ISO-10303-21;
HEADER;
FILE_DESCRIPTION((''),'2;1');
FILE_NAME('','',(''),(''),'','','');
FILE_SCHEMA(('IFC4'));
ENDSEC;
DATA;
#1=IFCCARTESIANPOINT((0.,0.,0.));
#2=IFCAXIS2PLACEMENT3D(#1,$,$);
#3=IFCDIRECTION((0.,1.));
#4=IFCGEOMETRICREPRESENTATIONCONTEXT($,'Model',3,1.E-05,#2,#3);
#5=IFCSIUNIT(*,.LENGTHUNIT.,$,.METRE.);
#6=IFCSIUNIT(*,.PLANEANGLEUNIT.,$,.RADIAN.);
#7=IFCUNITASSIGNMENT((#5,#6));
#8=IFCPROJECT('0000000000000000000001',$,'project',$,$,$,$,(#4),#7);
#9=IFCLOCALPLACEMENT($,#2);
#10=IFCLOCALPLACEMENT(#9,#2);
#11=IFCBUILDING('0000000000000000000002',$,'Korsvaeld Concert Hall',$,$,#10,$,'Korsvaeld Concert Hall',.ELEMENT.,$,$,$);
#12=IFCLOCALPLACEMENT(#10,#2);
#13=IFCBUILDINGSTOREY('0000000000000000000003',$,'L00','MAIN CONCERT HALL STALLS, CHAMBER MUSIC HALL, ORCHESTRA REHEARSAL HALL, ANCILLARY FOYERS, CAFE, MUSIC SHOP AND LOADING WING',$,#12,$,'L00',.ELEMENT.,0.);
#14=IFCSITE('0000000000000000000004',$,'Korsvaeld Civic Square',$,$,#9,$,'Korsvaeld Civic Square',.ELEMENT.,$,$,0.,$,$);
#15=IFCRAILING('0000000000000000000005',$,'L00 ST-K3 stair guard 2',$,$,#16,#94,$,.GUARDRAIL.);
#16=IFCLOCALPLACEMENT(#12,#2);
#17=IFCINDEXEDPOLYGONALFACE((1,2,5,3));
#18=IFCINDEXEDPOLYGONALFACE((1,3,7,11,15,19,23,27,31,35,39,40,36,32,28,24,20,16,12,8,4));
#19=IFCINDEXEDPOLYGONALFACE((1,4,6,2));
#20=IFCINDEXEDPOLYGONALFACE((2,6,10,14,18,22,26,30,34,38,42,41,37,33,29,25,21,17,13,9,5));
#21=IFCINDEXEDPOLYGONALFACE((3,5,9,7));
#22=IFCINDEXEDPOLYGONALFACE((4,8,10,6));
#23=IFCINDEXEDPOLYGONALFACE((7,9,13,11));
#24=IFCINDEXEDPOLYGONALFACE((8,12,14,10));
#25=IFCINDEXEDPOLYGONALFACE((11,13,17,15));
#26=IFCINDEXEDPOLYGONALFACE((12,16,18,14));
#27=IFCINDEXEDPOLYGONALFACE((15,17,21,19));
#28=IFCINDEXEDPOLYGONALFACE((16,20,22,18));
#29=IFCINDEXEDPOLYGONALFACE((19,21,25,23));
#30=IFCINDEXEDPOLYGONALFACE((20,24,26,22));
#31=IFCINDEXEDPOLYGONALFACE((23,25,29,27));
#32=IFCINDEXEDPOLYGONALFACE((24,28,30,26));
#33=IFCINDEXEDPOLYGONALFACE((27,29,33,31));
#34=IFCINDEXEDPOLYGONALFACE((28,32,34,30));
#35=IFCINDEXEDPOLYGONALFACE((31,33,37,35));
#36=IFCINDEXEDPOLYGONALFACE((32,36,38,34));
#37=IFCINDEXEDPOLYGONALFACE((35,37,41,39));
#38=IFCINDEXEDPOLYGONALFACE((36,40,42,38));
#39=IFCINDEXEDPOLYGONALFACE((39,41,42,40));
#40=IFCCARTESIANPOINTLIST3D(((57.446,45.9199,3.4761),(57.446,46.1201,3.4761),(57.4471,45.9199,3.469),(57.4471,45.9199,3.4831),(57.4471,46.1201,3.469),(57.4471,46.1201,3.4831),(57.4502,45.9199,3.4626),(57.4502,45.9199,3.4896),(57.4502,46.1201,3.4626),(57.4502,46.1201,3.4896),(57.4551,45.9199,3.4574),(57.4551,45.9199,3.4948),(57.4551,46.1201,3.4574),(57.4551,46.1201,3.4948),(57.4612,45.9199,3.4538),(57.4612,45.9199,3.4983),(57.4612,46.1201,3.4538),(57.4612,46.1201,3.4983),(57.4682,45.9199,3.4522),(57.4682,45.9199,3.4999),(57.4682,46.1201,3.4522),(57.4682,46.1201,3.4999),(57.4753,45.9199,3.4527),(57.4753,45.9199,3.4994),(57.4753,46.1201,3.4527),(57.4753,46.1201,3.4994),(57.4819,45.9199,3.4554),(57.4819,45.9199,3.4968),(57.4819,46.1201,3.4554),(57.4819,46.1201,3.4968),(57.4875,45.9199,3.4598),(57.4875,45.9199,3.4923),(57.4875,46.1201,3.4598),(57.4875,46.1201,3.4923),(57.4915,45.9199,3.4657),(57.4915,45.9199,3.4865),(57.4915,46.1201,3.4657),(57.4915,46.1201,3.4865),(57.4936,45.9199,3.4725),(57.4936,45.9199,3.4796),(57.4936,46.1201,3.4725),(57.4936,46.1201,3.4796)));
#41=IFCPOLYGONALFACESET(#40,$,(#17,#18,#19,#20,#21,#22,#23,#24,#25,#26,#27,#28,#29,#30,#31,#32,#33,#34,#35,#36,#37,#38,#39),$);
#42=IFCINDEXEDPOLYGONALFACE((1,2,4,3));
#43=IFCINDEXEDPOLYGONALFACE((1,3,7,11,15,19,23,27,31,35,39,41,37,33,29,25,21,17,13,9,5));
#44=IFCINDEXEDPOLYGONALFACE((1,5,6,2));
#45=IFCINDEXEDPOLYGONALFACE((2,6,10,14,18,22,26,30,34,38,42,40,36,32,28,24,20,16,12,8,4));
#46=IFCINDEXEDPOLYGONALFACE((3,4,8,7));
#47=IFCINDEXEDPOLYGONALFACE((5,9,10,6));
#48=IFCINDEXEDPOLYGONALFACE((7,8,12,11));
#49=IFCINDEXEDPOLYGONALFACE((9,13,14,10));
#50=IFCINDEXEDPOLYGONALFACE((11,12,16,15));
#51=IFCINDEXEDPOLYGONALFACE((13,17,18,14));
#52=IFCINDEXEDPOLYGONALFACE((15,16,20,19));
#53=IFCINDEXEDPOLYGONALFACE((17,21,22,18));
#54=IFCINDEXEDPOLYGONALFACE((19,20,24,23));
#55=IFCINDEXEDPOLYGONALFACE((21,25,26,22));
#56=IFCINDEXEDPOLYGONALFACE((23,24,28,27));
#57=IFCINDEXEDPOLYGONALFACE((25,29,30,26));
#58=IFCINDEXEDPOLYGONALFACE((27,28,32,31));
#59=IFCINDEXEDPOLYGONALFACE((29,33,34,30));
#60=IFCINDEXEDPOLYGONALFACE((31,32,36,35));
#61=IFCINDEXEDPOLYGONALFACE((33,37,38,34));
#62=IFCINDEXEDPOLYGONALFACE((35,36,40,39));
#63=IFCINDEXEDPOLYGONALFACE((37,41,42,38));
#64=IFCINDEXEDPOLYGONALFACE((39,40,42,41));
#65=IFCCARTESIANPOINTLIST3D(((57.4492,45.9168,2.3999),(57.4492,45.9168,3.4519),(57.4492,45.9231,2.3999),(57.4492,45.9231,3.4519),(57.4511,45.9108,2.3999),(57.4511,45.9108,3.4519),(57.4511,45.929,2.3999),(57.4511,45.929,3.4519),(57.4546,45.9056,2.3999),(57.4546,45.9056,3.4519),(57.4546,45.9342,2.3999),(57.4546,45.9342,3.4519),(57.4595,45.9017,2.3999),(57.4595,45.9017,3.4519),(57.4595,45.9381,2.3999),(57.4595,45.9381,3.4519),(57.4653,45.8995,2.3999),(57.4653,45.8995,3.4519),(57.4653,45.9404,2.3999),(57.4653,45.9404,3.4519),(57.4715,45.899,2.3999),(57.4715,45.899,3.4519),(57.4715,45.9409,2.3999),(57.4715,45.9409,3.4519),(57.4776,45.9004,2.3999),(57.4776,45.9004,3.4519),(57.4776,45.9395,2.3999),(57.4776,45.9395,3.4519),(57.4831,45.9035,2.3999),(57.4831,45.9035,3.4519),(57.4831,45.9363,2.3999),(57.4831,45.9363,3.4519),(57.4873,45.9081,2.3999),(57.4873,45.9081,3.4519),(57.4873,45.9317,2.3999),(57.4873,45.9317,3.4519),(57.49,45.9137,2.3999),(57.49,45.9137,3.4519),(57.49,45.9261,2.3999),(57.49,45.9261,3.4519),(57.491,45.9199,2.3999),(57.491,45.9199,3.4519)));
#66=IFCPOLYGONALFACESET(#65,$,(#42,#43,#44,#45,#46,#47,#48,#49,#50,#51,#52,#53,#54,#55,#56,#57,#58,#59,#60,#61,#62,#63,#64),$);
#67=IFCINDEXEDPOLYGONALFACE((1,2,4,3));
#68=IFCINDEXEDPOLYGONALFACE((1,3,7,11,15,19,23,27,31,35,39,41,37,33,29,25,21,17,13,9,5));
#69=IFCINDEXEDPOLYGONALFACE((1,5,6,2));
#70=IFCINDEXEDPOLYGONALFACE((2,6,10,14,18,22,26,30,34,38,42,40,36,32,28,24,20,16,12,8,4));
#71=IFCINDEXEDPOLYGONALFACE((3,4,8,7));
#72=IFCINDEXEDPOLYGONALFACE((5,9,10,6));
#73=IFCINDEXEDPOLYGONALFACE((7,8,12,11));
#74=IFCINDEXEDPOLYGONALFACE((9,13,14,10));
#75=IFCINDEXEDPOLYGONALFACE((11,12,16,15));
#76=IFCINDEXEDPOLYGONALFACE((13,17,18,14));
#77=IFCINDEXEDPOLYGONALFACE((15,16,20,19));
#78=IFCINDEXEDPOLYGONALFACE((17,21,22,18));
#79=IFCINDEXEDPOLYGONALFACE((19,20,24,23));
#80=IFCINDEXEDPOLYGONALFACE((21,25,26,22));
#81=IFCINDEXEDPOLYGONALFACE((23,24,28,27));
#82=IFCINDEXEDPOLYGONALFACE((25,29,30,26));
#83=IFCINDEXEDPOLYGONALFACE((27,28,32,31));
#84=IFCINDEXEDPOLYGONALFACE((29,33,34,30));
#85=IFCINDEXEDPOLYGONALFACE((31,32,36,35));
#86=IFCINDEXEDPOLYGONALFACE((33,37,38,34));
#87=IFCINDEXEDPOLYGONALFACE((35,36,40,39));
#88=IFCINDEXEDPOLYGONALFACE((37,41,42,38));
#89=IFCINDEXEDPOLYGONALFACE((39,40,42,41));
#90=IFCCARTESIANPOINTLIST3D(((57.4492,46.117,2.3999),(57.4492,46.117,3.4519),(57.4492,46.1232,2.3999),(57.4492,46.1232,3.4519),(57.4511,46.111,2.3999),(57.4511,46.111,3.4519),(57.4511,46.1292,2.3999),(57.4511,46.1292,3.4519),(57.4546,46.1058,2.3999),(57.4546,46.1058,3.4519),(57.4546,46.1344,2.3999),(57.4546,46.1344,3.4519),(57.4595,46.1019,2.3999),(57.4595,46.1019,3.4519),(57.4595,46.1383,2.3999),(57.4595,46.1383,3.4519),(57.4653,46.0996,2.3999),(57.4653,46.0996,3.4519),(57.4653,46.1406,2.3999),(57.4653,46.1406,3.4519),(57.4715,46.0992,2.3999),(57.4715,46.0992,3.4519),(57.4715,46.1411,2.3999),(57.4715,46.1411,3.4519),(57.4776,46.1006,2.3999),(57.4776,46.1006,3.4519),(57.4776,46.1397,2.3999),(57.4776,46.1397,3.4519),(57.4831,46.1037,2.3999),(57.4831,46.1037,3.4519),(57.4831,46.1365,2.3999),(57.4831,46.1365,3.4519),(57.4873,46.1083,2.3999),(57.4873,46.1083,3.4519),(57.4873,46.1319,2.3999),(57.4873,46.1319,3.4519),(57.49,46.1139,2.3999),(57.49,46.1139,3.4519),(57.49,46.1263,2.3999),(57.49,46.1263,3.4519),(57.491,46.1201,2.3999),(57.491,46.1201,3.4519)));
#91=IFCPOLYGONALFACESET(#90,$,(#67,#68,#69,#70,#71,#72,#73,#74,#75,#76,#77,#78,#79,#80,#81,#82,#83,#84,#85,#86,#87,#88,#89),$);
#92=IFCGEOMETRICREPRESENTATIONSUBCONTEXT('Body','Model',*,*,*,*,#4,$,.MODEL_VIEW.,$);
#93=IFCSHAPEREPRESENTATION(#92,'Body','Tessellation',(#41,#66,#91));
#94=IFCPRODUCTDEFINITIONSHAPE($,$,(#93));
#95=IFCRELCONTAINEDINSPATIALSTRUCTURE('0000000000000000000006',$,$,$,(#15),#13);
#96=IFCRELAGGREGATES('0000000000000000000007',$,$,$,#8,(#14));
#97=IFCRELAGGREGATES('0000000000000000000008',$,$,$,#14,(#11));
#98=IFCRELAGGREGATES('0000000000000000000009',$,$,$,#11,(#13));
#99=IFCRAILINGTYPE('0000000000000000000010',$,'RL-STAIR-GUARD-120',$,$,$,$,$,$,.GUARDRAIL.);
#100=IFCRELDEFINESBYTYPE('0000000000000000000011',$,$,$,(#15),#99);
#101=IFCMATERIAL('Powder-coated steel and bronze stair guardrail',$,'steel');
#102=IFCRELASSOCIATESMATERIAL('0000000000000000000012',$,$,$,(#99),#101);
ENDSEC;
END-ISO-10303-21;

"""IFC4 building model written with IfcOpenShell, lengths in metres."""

from ifc_helpers import new_model, si_unit, direction, frame, origin, origin_2d, place, context, subcontext, project, spatial, circle, extrude, material, type_object, element, save


model = new_model("IFC4")

# Units and contexts
model_context = context("Model", 3, precision=1e-05, world=origin(), true_north=direction((0.0, 1.0)))
body_context = subcontext(model_context, "Body", "Model", "MODEL_VIEW")
ifc_project = project(units=[si_unit("LENGTHUNIT", "METRE"), si_unit("PLANEANGLEUNIT", "RADIAN")], contexts=[model_context])

# Site, building, storey
site_placement = place(None, origin())
site = spatial("IfcSite", under=ifc_project, at=site_placement, Name="Korsvaeld Civic Square", LongName="Korsvaeld Civic Square", CompositionType="ELEMENT", RefElevation=0.0)
building_placement = place(site_placement, origin())
building = spatial("IfcBuilding", under=site, at=building_placement, Name="Korsvaeld Concert Hall", LongName="Korsvaeld Concert Hall", CompositionType="ELEMENT")
storey_placement = place(building_placement, origin())
storey = spatial("IfcBuildingStorey", under=building, at=storey_placement, Name="L00", Description="MAIN CONCERT HALL STALLS, CHAMBER MUSIC HALL, ORCHESTRA REHEARSAL HALL, ANCILLARY FOYERS, CAFE, MUSIC SHOP AND LOADING WING", LongName="L00", CompositionType="ELEMENT", Elevation=0.0)

# Railing
ifc_material_1 = material(Name="Powder-coated steel and bronze stair guardrail", Category="steel")
railing_type_1 = type_object("IfcRailingType", Name="RL-STAIR-GUARD-120", PredefinedType="GUARDRAIL", material=ifc_material_1)
railing_1_placement = place(storey_placement, frame((57.47, 45.9199, 2.3999)))
element("IfcRailing", 1, at=railing_1_placement, inside=storey, type_object=railing_type_1, Name="L00 ST-K3 stair guard 2", PredefinedType="GUARDRAIL", context=body_context, shape_type="SweptSolid", body=[
    extrude(circle(Radius=0.0239, at=origin_2d()), frame((0.0, 0.0, 1.0762), z_axis=(0.0, 1.0, 0.0), x_axis=(-1.0, 0.0, 0.0)), (0.0, 0.0, 1.0), 0.2002),
    extrude(circle(Radius=0.021, at=origin_2d()), origin(), (0.0, 0.0, 1.0), 1.052),
    extrude(circle(Radius=0.021, at=origin_2d()), frame((0.0, 0.2002, 0.0)), (0.0, 0.0, 1.0), 1.052),
])

save(model, "model.ifc")
